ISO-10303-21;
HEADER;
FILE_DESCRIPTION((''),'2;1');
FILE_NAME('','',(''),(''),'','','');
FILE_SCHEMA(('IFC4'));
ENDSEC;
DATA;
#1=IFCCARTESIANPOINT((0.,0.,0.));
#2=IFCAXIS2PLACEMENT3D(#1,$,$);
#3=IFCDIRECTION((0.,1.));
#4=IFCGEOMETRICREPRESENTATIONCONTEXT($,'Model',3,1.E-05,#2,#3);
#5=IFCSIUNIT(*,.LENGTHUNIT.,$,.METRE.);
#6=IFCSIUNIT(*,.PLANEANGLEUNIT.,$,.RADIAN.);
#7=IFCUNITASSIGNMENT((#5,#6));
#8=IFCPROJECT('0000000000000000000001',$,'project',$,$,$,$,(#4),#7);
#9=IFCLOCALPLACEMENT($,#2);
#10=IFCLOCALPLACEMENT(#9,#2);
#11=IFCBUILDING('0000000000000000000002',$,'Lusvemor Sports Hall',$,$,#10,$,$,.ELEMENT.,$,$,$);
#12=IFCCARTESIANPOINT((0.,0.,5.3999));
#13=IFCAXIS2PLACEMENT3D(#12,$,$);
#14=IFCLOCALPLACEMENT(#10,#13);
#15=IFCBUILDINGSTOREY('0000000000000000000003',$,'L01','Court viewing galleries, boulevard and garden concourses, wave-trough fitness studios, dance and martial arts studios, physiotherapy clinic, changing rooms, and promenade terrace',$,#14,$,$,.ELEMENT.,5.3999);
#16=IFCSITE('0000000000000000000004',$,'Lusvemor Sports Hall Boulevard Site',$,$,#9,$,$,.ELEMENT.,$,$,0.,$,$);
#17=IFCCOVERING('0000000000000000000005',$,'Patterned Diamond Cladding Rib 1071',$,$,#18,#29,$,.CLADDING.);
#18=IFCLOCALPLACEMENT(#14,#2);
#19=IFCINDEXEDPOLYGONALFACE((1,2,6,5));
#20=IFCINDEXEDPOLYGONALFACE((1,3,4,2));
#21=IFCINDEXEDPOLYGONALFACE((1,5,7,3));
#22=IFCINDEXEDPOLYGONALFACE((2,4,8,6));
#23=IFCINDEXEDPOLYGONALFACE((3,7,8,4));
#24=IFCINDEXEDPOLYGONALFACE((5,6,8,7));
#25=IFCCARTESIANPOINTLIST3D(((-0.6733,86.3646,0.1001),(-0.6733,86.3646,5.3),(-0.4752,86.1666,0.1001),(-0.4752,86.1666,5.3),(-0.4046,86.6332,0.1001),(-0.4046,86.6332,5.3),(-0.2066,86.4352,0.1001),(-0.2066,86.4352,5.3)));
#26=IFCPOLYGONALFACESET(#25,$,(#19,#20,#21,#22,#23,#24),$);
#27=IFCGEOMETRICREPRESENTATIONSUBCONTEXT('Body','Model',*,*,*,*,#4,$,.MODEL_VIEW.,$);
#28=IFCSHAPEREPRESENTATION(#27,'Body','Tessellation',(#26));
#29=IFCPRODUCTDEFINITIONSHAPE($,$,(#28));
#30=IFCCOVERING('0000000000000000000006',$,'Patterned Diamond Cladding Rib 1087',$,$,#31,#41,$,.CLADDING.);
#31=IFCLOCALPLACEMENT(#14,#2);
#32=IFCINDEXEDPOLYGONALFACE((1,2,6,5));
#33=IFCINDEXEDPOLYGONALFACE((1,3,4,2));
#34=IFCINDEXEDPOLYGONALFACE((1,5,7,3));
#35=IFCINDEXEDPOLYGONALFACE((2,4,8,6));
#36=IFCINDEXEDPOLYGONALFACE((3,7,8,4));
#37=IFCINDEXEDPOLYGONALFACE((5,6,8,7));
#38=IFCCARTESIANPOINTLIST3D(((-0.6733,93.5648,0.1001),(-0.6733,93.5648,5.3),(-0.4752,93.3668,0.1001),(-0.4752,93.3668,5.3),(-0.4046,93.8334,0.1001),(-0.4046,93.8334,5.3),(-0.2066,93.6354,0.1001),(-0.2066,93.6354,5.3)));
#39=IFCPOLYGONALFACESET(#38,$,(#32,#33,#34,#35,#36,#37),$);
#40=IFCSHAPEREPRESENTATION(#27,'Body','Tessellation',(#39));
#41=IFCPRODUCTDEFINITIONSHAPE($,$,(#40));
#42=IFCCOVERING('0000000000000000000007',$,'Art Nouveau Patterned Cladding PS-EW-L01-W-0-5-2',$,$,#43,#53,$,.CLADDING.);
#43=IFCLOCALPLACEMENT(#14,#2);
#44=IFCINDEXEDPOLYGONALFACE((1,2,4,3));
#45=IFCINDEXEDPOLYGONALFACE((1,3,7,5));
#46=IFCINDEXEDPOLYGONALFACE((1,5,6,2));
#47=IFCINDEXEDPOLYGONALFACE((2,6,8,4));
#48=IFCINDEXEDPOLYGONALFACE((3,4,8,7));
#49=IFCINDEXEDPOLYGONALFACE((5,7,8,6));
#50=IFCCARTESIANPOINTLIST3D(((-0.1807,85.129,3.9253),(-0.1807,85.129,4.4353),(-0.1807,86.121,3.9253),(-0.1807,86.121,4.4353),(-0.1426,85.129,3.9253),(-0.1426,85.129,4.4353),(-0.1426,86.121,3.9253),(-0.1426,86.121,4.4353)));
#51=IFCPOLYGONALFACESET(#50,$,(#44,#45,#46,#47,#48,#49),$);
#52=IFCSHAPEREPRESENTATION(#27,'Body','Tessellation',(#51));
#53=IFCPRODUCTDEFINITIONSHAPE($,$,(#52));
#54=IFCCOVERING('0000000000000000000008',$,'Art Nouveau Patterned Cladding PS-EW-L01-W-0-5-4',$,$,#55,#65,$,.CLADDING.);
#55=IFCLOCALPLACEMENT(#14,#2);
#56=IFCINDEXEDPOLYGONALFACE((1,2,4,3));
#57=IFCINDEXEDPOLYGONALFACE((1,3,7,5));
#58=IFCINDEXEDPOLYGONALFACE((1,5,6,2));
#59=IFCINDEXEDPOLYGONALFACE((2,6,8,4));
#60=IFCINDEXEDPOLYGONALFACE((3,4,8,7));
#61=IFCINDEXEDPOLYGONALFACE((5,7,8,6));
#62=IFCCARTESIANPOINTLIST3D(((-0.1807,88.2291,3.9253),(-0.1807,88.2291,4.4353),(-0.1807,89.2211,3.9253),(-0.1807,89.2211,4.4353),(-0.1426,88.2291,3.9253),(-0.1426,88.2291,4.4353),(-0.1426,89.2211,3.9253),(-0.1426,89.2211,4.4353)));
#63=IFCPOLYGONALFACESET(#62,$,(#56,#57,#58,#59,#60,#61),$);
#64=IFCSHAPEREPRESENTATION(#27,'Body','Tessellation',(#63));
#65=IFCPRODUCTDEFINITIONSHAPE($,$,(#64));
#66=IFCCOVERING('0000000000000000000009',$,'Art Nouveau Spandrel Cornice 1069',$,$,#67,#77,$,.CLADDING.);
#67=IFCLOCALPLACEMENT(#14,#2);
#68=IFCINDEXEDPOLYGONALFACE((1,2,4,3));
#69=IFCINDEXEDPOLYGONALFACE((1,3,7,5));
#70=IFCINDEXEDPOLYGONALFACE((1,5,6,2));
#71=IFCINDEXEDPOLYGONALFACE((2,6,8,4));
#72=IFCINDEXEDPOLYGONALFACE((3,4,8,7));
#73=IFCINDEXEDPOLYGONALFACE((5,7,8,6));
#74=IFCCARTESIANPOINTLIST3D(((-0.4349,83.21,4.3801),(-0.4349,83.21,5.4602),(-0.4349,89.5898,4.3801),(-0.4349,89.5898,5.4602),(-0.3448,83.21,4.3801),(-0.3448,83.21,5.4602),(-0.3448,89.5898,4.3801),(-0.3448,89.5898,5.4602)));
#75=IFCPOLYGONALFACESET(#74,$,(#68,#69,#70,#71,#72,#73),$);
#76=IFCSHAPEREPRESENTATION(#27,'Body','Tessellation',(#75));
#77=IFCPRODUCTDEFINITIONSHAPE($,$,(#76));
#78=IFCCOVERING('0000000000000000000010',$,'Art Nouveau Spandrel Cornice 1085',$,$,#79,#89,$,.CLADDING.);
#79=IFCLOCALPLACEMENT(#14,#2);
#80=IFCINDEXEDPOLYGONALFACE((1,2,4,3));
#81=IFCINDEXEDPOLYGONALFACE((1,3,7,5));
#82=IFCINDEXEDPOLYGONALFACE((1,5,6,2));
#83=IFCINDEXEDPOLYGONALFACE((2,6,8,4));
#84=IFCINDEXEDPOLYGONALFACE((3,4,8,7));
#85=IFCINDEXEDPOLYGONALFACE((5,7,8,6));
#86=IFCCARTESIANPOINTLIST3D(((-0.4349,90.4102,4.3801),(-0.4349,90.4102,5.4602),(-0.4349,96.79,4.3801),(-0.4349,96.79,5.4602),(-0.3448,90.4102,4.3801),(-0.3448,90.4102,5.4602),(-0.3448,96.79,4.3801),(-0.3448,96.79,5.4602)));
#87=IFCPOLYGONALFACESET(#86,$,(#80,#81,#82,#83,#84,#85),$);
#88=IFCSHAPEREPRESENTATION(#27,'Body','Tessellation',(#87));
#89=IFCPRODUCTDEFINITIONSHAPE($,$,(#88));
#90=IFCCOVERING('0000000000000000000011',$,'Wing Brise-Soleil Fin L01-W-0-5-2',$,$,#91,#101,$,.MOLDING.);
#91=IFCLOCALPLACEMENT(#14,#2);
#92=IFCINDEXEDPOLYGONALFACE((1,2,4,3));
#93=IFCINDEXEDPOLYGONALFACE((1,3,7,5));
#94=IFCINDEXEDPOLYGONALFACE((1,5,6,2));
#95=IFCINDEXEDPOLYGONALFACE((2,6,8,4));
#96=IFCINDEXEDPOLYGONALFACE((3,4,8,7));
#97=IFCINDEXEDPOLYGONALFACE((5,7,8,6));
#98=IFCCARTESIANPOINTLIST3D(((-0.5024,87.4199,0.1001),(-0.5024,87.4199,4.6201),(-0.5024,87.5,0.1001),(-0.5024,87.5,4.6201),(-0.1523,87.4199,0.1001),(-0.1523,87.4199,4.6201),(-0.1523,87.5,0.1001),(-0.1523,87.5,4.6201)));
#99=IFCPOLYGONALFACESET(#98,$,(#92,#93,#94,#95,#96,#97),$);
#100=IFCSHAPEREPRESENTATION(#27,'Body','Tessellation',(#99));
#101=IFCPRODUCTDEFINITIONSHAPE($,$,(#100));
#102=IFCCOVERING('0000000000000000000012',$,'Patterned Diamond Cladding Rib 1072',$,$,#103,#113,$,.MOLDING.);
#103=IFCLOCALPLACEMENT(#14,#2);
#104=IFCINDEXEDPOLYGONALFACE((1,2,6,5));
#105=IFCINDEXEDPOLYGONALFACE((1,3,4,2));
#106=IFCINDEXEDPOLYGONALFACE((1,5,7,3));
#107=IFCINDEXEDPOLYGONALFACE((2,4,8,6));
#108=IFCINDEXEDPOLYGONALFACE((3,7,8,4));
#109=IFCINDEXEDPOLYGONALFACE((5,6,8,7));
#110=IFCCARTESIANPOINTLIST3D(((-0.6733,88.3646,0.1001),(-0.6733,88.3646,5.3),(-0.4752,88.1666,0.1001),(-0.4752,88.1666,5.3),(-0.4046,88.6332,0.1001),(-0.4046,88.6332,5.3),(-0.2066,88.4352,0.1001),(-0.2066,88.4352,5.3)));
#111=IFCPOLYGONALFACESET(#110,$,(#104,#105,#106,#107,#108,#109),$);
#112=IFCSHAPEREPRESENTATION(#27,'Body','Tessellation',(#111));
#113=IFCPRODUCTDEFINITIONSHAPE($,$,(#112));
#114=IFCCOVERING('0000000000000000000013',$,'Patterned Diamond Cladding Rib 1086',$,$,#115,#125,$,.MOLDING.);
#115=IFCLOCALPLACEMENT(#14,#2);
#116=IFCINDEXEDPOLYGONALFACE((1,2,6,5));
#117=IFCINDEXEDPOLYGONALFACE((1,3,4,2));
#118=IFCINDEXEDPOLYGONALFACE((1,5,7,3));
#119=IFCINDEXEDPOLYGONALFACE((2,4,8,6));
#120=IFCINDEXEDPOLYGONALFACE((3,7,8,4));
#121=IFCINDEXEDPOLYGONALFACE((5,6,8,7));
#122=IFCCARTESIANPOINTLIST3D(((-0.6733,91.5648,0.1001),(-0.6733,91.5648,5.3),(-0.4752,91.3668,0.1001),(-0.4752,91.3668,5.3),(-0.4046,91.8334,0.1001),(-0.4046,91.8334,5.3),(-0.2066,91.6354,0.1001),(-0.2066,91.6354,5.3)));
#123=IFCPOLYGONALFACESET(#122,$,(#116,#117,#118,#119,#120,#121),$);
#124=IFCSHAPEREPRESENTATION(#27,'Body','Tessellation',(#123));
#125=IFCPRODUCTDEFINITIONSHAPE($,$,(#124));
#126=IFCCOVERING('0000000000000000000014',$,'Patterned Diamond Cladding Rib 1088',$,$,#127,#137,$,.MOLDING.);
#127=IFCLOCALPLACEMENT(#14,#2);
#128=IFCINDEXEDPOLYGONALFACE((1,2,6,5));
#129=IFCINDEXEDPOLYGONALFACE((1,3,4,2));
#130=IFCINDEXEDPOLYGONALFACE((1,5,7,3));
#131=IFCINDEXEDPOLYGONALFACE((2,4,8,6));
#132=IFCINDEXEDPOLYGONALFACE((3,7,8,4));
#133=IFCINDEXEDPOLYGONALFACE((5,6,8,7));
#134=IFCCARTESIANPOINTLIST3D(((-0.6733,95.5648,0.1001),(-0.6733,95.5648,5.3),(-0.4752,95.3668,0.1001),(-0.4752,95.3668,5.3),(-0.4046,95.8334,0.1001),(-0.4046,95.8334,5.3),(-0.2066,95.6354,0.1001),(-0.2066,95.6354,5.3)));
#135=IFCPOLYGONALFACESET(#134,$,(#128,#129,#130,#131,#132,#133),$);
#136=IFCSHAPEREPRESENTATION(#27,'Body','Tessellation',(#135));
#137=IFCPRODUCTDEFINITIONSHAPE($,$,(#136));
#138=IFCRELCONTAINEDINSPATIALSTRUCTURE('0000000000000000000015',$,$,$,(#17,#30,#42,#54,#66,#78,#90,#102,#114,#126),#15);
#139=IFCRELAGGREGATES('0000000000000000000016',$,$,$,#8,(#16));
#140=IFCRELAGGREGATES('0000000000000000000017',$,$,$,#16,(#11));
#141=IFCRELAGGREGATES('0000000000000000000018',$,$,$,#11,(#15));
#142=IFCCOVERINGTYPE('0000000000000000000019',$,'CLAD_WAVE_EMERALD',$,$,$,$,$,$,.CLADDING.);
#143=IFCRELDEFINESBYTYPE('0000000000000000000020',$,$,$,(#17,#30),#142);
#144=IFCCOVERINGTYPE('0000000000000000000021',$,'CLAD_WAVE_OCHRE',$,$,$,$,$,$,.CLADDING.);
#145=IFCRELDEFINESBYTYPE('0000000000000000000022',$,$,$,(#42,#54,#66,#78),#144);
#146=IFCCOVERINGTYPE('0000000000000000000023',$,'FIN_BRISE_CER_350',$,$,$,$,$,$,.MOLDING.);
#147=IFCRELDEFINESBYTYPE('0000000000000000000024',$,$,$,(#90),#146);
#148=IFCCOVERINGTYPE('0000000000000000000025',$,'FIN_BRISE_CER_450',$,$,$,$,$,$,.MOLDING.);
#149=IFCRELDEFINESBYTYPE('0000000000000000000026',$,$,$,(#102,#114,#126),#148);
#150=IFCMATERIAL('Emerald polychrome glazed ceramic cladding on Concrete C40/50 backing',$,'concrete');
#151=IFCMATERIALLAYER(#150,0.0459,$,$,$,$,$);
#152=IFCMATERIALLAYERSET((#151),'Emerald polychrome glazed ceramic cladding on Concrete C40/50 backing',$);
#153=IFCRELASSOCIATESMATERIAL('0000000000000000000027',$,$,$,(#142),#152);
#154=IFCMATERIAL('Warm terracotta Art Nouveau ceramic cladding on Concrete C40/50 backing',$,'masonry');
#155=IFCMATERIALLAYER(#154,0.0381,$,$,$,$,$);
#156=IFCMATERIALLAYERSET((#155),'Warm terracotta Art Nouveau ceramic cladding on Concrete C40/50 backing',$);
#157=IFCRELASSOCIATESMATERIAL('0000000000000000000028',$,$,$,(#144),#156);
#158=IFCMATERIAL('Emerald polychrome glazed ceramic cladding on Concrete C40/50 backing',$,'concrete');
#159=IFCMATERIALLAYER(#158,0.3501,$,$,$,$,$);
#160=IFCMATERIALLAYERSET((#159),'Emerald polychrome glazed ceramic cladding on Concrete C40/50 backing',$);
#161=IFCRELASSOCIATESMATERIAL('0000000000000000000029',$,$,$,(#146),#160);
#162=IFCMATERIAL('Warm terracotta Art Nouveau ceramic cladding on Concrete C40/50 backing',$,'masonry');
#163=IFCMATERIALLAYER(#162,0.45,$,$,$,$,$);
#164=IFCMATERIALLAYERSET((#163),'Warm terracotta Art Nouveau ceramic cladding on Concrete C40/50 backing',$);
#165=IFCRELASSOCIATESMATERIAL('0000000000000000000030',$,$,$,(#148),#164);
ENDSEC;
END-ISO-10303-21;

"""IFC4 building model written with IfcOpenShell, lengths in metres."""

from ifc_helpers import new_model, si_unit, direction, frame, origin, origin_2d, place, context, subcontext, project, spatial, rectangle, extrude, material, layer, layer_set, type_object, element, save


model = new_model("IFC4")

# Units and contexts
model_context = context("Model", 3, precision=1e-05, world=origin(), true_north=direction((0.0, 1.0)))
body_context = subcontext(model_context, "Body", "Model", "MODEL_VIEW")
ifc_project = project(units=[si_unit("LENGTHUNIT", "METRE"), si_unit("PLANEANGLEUNIT", "RADIAN")], contexts=[model_context])

# Site, building, storey
site_placement = place(None, origin())
site = spatial("IfcSite", under=ifc_project, at=site_placement, Name="Lusvemor Sports Hall Boulevard Site", CompositionType="ELEMENT", RefElevation=0.0)
building_placement = place(site_placement, origin())
building = spatial("IfcBuilding", under=site, at=building_placement, Name="Lusvemor Sports Hall", CompositionType="ELEMENT")
storey_placement = place(building_placement, frame((0.0, 0.0, 5.3999)))
storey = spatial("IfcBuildingStorey", under=building, at=storey_placement, Name="L01", Description="Court viewing galleries, boulevard and garden concourses, wave-trough fitness studios, dance and martial arts studios, physiotherapy clinic, changing rooms, and promenade terrace", CompositionType="ELEMENT", Elevation=5.3999)

# Coverings
ifc_material_1 = material(Name="Emerald polychrome glazed ceramic cladding on Concrete C40/50 backing", Category="concrete")
ifc_layer_1 = layer(ifc_material_1, 0.0459)
ifc_layer_set_1 = layer_set([ifc_layer_1], Name="Emerald polychrome glazed ceramic cladding on Concrete C40/50 backing")
covering_type_1 = type_object("IfcCoveringType", Name="CLAD_WAVE_EMERALD", PredefinedType="CLADDING", material=ifc_layer_set_1)
for number, where, z_axis, x_axis, name in (
    (1, (-0.4399, 86.3999, 0.1001), (0.0, 0.0, 1.0), (0.707107, 0.707107, 0.0), "Patterned Diamond Cladding Rib 1071"),
    (2, (-0.4399, 93.6001, 0.1001), (0.0, 0.0, 1.0), (0.707107, 0.707107, 0.0), "Patterned Diamond Cladding Rib 1087"),
):
    element("IfcCovering", number, at=place(storey_placement, frame(where, z_axis=z_axis, x_axis=x_axis)), inside=storey, type_object=covering_type_1, Name=name, PredefinedType="CLADDING", context=body_context, shape_type="SweptSolid", body=[
        extrude(rectangle(XDim=0.3799, YDim=0.28, at=origin_2d()), origin(), (0.0, 0.0, 1.0), 5.2),
    ])
ifc_material_2 = material(Name="Warm terracotta Art Nouveau ceramic cladding on Concrete C40/50 backing", Category="masonry")
ifc_layer_2 = layer(ifc_material_2, 0.0381)
ifc_layer_set_2 = layer_set([ifc_layer_2], Name="Warm terracotta Art Nouveau ceramic cladding on Concrete C40/50 backing")
covering_type_2 = type_object("IfcCoveringType", Name="CLAD_WAVE_OCHRE", PredefinedType="CLADDING", material=ifc_layer_set_2)
for number, where, z_axis, x_axis, name in (
    (3, (-0.1616, 85.625, 3.9253), (0.0, 0.0, 1.0), (1.0, 0.0, 0.0), "Art Nouveau Patterned Cladding PS-EW-L01-W-0-5-2"),
    (4, (-0.1616, 88.7251, 3.9253), (0.0, 0.0, 1.0), (1.0, 0.0, 0.0), "Art Nouveau Patterned Cladding PS-EW-L01-W-0-5-4"),
):
    element("IfcCovering", number, at=place(storey_placement, frame(where, z_axis=z_axis, x_axis=x_axis)), inside=storey, type_object=covering_type_2, Name=name, PredefinedType="CLADDING", context=body_context, shape_type="SweptSolid", body=[
        extrude(rectangle(XDim=0.0381, YDim=0.9919, at=origin_2d()), origin(), (0.0, 0.0, 1.0), 0.51),
    ])
for number, where, z_axis, x_axis, name in (
    (5, (-0.3899, 86.3999, 4.3801), (0.0, 0.0, 1.0), (1.0, 0.0, 0.0), "Art Nouveau Spandrel Cornice 1069"),
    (6, (-0.3899, 93.6001, 4.3801), (0.0, 0.0, 1.0), (1.0, 0.0, 0.0), "Art Nouveau Spandrel Cornice 1085"),
):
    element("IfcCovering", number, at=place(storey_placement, frame(where, z_axis=z_axis, x_axis=x_axis)), inside=storey, type_object=covering_type_2, Name=name, PredefinedType="CLADDING", context=body_context, shape_type="SweptSolid", body=[
        extrude(rectangle(XDim=0.0901, YDim=6.3799, at=origin_2d()), origin(), (0.0, 0.0, 1.0), 1.0801),
    ])
ifc_material_3 = material(Name="Emerald polychrome glazed ceramic cladding on Concrete C40/50 backing", Category="concrete")
ifc_layer_3 = layer(ifc_material_3, 0.3501)
ifc_layer_set_3 = layer_set([ifc_layer_3], Name="Emerald polychrome glazed ceramic cladding on Concrete C40/50 backing")
covering_type_3 = type_object("IfcCoveringType", Name="FIN_BRISE_CER_350", PredefinedType="MOLDING", material=ifc_layer_set_3)
covering_1_placement = place(storey_placement, frame((-0.3274, 87.46, 0.1001), z_axis=(0.0, 0.0, 1.0), x_axis=(1.0, 0.0, 0.0)))
element("IfcCovering", 7, at=covering_1_placement, inside=storey, type_object=covering_type_3, Name="Wing Brise-Soleil Fin L01-W-0-5-2", PredefinedType="MOLDING", context=body_context, shape_type="SweptSolid", body=[
    extrude(rectangle(XDim=0.3501, YDim=0.0801, at=origin_2d()), origin(), (0.0, 0.0, 1.0), 4.52),
])
ifc_material_4 = material(Name="Warm terracotta Art Nouveau ceramic cladding on Concrete C40/50 backing", Category="masonry")
ifc_layer_4 = layer(ifc_material_4, 0.45)
ifc_layer_set_4 = layer_set([ifc_layer_4], Name="Warm terracotta Art Nouveau ceramic cladding on Concrete C40/50 backing")
covering_type_4 = type_object("IfcCoveringType", Name="FIN_BRISE_CER_450", PredefinedType="MOLDING", material=ifc_layer_set_4)
for number, where, z_axis, x_axis, name in (
    (8, (-0.4399, 88.3999, 0.1001), (0.0, 0.0, 1.0), (0.707107, 0.707107, 0.0), "Patterned Diamond Cladding Rib 1072"),
    (9, (-0.4399, 91.6001, 0.1001), (0.0, 0.0, 1.0), (0.707107, 0.707107, 0.0), "Patterned Diamond Cladding Rib 1086"),
    (10, (-0.4399, 95.6001, 0.1001), (0.0, 0.0, 1.0), (0.707107, 0.707107, 0.0), "Patterned Diamond Cladding Rib 1088"),
):
    element("IfcCovering", number, at=place(storey_placement, frame(where, z_axis=z_axis, x_axis=x_axis)), inside=storey, type_object=covering_type_4, Name=name, PredefinedType="MOLDING", context=body_context, shape_type="SweptSolid", body=[
        extrude(rectangle(XDim=0.3799, YDim=0.28, at=origin_2d()), origin(), (0.0, 0.0, 1.0), 5.2),
    ])

save(model, "model.ifc")
